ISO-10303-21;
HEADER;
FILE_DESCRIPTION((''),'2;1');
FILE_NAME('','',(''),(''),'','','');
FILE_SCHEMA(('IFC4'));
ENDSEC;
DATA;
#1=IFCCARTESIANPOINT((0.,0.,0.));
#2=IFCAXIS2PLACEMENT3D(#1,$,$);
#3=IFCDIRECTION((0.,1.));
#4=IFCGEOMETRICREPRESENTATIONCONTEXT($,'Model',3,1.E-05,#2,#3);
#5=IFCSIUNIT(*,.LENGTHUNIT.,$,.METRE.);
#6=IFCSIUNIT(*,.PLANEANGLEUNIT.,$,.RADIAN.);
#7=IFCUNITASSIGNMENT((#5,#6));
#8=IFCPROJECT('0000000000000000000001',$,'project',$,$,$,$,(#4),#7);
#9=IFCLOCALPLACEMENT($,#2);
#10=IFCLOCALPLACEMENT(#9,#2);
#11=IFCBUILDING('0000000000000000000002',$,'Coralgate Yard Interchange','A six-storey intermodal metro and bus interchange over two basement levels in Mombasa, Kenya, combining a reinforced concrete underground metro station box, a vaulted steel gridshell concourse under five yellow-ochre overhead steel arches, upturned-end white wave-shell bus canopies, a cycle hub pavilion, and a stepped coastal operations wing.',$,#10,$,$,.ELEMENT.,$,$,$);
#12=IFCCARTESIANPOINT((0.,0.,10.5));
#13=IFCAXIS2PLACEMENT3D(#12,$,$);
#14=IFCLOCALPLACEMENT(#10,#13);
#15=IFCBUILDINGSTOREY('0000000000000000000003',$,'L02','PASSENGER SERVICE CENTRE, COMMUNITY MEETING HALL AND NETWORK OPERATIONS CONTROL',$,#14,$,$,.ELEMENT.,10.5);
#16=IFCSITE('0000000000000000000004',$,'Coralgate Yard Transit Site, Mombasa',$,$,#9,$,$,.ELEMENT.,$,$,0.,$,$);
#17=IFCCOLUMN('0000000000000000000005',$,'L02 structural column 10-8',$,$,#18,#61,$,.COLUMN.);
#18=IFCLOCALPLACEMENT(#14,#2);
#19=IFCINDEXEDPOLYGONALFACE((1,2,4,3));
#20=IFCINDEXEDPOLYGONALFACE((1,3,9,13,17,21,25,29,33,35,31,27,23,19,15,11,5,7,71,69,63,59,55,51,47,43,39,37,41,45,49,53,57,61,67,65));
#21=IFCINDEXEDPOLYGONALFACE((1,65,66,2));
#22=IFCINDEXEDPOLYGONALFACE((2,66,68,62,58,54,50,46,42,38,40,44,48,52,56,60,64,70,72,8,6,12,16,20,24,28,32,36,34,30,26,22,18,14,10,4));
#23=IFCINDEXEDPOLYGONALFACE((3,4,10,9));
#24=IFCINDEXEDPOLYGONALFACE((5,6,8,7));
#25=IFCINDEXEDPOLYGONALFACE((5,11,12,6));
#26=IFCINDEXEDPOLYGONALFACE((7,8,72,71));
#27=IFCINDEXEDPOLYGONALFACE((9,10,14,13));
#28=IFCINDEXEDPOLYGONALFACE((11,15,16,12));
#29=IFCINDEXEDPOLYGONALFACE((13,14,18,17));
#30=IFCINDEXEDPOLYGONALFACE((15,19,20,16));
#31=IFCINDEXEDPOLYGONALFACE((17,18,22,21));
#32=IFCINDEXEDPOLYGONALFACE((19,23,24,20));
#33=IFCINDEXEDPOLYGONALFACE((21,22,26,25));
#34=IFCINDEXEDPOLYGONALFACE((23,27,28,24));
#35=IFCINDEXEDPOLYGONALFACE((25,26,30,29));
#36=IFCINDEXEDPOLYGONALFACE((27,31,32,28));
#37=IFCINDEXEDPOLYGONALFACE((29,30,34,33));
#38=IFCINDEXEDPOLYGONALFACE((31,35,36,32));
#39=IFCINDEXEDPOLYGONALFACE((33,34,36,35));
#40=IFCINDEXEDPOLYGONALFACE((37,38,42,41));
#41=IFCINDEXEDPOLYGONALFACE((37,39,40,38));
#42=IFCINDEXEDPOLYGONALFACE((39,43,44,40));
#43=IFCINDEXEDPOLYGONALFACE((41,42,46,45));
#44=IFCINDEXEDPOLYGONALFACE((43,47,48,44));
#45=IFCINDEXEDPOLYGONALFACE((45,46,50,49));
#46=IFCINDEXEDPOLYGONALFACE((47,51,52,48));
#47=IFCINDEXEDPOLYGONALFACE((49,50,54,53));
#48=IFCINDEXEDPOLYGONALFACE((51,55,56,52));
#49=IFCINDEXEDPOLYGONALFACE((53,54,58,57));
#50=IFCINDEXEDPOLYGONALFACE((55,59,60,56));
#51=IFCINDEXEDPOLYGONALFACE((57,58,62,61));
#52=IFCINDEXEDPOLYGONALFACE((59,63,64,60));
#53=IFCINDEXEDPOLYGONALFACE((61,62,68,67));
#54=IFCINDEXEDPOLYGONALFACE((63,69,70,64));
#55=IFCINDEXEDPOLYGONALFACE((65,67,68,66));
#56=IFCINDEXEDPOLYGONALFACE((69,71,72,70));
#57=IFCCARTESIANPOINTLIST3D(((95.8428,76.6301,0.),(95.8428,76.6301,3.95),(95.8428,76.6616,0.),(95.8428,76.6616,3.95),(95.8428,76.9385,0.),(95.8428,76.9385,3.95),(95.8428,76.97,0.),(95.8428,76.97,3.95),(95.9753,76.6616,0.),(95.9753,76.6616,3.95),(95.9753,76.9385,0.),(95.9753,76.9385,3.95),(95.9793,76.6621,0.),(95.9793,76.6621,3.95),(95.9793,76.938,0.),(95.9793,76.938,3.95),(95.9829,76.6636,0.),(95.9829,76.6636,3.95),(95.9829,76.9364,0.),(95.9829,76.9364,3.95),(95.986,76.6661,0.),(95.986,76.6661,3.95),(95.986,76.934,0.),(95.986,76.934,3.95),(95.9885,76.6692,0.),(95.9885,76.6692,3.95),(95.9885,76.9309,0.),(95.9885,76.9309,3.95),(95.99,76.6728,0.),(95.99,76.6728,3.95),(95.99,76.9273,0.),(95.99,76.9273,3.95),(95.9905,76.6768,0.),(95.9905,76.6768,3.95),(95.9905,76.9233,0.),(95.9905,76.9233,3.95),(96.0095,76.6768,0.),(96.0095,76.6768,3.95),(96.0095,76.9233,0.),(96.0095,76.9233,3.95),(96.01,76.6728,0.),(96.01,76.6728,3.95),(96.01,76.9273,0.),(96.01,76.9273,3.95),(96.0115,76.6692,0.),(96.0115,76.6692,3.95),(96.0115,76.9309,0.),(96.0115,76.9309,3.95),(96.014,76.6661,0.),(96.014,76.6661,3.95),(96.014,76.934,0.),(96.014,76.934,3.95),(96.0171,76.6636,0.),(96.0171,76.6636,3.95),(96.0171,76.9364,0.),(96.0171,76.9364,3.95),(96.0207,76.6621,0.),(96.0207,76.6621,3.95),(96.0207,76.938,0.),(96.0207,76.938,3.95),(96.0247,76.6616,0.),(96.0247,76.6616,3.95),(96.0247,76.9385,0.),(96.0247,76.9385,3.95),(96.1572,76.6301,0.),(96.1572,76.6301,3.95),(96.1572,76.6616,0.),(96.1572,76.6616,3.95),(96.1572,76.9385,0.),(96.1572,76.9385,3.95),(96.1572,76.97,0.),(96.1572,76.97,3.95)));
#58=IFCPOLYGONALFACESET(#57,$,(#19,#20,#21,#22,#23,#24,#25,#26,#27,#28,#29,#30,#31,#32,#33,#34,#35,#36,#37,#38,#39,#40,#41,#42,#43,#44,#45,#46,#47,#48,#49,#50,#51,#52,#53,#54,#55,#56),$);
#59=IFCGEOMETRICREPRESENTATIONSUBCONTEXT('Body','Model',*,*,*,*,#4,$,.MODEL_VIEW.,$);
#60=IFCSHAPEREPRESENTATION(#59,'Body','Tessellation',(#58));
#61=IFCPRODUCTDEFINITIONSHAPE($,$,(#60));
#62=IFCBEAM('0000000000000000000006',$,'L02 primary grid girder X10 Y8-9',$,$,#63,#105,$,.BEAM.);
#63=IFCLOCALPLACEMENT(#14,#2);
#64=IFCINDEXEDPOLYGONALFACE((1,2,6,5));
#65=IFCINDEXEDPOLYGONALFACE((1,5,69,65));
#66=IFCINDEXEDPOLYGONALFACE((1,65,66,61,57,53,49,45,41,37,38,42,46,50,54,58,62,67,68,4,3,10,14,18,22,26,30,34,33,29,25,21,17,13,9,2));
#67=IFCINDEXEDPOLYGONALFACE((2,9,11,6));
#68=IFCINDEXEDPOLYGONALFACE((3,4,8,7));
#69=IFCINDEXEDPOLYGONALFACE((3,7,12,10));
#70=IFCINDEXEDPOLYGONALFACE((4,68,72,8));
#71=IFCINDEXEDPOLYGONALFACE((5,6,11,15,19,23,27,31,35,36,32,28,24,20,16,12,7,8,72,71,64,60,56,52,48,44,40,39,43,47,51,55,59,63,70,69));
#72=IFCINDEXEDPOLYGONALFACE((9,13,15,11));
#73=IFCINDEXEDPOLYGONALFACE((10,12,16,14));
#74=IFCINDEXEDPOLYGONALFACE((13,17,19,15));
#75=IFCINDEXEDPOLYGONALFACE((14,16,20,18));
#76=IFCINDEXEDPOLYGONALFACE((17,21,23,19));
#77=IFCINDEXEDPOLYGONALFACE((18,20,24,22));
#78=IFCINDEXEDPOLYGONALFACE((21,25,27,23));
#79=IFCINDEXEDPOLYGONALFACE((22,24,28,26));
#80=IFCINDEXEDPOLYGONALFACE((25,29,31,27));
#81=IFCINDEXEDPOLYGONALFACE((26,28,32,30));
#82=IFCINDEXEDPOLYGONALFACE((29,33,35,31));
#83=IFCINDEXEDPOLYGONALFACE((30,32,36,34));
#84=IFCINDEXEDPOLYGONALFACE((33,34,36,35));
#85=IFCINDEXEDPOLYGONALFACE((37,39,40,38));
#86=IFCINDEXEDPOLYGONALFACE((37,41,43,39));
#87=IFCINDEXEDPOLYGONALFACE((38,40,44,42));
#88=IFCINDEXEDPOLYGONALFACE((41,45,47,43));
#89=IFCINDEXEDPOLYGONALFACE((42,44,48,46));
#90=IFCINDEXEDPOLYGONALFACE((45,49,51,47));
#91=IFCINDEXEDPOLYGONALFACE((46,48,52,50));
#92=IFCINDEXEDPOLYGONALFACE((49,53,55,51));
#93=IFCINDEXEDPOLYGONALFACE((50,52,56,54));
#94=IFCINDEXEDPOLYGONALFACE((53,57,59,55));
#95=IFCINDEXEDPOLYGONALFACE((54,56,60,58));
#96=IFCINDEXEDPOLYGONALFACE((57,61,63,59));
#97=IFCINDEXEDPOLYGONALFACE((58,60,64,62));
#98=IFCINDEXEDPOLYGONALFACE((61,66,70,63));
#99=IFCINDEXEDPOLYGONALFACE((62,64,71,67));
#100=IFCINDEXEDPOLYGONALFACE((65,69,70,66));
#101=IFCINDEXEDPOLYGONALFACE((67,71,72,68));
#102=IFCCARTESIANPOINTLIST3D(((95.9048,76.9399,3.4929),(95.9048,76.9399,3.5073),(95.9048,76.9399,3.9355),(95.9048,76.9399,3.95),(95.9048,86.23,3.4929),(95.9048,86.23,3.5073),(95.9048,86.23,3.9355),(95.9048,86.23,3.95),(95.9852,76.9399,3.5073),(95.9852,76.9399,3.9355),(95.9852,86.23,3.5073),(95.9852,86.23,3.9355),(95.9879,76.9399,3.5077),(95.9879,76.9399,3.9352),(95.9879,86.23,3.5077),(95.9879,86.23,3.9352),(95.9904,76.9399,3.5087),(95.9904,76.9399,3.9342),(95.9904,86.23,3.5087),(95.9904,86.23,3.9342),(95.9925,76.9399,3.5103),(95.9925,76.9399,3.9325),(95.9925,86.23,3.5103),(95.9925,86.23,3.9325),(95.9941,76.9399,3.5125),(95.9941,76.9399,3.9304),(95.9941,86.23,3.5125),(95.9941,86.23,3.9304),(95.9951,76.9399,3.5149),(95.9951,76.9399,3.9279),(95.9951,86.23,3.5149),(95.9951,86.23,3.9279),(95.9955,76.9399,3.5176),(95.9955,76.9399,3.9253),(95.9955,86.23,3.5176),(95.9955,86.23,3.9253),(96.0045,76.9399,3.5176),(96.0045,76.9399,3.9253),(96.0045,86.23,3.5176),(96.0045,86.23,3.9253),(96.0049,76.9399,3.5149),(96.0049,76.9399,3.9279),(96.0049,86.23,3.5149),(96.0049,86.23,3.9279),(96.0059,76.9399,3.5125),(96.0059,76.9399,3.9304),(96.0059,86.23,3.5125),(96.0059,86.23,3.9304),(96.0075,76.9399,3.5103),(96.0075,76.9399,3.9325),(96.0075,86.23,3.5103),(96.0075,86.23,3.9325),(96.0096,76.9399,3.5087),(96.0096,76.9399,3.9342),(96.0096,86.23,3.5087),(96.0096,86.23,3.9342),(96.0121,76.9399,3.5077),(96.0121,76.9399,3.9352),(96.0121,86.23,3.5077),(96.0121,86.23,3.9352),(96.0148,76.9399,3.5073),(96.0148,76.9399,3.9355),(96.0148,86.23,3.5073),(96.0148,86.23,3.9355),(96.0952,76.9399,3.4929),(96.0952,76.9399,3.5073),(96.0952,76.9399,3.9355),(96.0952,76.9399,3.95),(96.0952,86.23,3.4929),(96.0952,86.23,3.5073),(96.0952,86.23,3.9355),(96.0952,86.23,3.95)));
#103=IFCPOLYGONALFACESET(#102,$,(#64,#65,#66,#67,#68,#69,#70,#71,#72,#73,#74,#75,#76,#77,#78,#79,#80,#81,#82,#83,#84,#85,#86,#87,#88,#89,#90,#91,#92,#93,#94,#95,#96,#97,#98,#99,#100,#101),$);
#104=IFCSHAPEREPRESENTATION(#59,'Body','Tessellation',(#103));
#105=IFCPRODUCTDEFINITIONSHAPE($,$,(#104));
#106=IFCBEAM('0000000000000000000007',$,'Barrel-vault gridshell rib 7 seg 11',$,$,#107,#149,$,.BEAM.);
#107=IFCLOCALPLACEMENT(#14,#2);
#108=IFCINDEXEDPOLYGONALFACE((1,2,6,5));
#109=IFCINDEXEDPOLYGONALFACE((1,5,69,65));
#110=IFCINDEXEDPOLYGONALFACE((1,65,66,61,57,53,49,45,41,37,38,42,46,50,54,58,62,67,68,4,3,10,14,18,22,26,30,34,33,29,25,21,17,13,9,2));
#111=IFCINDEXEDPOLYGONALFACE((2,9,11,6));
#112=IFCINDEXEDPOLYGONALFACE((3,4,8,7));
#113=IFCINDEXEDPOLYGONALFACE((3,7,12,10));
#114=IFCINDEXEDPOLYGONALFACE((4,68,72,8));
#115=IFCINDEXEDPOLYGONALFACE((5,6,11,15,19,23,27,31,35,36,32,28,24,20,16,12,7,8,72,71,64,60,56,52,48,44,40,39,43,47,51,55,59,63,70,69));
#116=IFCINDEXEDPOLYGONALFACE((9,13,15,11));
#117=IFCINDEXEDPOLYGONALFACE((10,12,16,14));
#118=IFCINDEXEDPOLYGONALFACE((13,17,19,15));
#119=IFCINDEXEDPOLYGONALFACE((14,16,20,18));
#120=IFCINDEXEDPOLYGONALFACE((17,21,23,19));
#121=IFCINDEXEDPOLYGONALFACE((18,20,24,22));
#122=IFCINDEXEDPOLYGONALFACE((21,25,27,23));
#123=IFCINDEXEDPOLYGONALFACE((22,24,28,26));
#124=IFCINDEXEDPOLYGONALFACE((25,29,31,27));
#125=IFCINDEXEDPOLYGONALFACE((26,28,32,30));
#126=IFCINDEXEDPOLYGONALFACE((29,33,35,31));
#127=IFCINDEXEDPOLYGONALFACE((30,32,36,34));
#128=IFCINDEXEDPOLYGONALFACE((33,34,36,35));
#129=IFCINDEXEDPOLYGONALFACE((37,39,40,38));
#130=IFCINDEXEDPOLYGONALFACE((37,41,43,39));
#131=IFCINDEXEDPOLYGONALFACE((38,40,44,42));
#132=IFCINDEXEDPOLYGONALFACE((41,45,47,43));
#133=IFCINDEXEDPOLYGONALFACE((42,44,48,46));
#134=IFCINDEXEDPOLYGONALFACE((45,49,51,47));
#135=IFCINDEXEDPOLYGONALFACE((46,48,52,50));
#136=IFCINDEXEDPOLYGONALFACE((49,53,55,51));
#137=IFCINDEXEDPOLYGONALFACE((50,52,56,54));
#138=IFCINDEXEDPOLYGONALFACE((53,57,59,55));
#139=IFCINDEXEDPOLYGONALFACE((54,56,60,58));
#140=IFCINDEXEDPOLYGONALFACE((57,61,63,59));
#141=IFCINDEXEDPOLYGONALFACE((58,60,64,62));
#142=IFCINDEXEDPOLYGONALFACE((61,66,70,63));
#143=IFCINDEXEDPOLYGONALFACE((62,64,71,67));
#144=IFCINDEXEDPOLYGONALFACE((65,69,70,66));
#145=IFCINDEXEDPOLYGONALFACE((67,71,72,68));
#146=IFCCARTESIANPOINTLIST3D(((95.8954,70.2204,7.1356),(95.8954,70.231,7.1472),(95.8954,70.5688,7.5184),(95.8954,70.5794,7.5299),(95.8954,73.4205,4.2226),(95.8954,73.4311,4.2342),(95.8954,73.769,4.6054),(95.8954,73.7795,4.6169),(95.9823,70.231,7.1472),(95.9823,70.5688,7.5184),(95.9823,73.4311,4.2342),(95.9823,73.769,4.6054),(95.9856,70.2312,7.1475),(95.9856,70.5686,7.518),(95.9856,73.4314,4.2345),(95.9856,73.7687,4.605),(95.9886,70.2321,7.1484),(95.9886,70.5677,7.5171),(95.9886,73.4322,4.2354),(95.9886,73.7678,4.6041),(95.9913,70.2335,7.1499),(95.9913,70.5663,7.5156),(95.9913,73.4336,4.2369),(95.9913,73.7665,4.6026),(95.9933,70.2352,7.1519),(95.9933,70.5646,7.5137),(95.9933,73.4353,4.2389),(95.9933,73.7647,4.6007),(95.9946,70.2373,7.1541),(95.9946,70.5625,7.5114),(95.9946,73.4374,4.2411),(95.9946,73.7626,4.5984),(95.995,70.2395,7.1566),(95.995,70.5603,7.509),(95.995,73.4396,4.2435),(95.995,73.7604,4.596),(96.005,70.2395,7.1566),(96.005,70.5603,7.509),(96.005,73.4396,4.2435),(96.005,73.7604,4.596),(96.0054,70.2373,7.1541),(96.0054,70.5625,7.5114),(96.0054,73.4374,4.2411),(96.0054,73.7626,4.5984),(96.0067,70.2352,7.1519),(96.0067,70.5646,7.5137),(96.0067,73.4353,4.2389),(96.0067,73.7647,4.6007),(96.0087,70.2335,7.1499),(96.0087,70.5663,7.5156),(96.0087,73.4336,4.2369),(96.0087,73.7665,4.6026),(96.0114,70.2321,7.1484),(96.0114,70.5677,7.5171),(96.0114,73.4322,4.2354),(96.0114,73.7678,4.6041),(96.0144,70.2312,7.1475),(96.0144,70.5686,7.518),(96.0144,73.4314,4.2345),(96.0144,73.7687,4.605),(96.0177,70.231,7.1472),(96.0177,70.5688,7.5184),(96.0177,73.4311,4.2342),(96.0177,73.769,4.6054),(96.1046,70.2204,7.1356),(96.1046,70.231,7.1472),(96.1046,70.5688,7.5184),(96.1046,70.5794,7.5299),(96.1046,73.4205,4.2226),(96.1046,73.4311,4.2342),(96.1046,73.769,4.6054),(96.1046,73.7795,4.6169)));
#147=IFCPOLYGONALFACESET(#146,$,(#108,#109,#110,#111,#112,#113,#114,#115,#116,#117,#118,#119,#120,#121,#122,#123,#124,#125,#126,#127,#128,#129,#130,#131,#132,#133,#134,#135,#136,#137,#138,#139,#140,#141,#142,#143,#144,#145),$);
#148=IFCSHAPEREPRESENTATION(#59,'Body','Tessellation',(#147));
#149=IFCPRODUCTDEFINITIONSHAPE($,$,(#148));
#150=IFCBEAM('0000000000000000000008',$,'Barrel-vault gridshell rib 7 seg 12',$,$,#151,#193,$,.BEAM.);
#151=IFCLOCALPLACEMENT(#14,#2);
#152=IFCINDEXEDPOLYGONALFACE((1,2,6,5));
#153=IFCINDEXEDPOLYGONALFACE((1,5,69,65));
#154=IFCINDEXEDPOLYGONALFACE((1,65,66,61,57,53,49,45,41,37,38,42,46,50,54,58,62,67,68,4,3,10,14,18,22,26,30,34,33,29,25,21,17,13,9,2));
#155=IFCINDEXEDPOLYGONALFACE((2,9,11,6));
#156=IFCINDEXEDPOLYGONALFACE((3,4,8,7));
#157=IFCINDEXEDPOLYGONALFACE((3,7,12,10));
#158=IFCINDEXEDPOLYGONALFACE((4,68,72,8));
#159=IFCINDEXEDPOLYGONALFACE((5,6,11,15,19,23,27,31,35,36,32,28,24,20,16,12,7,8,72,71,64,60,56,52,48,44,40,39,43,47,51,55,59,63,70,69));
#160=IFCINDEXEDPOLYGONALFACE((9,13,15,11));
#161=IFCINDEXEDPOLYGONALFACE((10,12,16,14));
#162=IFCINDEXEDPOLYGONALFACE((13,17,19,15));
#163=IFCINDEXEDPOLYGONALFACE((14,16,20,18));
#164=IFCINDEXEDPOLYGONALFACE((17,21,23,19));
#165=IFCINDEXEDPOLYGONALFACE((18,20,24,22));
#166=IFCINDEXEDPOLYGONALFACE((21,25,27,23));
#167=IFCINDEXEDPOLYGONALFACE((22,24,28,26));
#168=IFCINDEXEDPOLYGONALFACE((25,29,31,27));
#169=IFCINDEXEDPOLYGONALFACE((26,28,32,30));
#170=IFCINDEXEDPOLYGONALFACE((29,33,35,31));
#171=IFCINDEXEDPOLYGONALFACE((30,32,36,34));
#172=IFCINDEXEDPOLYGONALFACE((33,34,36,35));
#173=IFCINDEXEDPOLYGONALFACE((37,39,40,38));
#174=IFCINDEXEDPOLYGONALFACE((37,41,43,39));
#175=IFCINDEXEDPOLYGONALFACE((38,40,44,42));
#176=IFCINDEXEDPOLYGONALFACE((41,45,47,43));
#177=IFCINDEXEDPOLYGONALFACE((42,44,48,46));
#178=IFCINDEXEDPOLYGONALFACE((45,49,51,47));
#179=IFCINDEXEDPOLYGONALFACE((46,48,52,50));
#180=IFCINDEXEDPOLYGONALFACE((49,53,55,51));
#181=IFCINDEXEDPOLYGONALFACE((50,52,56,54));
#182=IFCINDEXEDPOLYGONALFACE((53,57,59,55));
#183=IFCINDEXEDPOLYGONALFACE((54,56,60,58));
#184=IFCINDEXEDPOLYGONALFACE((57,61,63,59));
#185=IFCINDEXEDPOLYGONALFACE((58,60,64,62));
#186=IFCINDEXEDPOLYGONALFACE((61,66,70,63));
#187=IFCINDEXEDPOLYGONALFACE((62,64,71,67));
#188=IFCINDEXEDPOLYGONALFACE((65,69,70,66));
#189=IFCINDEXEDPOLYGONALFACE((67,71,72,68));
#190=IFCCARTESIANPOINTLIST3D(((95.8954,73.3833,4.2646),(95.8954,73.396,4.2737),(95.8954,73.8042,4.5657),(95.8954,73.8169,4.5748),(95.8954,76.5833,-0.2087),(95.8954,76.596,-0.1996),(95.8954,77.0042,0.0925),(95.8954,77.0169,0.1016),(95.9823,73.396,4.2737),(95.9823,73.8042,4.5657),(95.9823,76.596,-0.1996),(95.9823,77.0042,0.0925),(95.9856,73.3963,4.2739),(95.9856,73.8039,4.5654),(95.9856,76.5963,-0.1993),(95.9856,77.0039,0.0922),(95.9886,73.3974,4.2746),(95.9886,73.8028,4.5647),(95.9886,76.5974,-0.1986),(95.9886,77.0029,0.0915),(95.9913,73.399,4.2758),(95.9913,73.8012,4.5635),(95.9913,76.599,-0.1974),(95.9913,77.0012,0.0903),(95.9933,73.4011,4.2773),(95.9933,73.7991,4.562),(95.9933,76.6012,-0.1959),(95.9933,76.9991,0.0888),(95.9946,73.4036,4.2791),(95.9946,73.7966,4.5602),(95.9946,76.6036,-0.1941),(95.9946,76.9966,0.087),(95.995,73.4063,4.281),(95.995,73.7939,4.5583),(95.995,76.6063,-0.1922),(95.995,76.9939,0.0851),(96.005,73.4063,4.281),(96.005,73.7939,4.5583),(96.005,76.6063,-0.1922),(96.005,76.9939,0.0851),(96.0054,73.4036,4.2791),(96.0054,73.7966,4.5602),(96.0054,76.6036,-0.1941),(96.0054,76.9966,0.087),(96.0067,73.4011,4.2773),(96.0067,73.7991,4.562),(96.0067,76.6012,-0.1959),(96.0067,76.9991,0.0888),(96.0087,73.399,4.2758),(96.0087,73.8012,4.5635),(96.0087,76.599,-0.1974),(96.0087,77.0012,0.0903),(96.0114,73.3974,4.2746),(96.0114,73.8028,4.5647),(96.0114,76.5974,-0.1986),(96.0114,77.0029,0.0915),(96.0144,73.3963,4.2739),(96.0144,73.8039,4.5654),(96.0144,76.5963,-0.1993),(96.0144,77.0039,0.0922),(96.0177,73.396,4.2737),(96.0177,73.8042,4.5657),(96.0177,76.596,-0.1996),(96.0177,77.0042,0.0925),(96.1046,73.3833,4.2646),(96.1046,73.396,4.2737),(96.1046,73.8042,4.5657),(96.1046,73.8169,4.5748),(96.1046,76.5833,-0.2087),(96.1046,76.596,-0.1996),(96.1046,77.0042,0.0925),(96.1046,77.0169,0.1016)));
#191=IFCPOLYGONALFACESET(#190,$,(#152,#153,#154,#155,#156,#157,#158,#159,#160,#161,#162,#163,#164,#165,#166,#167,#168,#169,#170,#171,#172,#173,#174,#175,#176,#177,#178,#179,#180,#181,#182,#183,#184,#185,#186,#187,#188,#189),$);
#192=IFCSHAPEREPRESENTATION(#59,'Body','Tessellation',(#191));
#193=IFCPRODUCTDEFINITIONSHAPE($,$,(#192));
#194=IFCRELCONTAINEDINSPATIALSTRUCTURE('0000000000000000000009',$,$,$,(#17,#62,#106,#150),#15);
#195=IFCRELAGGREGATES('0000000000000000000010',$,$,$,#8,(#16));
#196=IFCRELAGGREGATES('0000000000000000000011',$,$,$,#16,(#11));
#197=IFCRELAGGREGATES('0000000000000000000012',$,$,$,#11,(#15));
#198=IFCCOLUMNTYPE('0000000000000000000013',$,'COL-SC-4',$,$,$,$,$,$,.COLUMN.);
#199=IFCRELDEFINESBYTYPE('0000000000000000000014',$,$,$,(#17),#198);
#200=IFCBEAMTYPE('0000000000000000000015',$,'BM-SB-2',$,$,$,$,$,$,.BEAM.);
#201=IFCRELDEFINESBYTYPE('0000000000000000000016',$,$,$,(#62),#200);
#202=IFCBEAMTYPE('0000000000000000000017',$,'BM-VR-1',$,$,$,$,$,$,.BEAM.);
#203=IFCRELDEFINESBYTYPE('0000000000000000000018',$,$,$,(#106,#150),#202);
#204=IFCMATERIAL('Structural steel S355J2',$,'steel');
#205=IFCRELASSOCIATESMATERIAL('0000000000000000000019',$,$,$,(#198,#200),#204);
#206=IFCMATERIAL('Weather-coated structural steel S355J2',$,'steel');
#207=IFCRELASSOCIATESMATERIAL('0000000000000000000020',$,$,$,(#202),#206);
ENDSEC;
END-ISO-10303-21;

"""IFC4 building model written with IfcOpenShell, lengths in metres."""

from ifc_helpers import new_model, si_unit, direction, frame, origin, origin_2d, place, context, subcontext, project, spatial, i_section, extrude, material, material_profile, profile_set, type_object, element, save


model = new_model("IFC4")

# Units and contexts
model_context = context("Model", 3, precision=1e-05, world=origin(), true_north=direction((0.0, 1.0)))
body_context = subcontext(model_context, "Body", "Model", "MODEL_VIEW")
ifc_project = project(units=[si_unit("LENGTHUNIT", "METRE"), si_unit("PLANEANGLEUNIT", "RADIAN")], contexts=[model_context])

# Site, building, storey
site_placement = place(None, origin())
site = spatial("IfcSite", under=ifc_project, at=site_placement, Name="Coralgate Yard Transit Site, Mombasa", CompositionType="ELEMENT", RefElevation=0.0)
building_placement = place(site_placement, origin())
building = spatial("IfcBuilding", under=site, at=building_placement, Name="Coralgate Yard Interchange", Description="A six-storey intermodal metro and bus interchange over two basement levels in Mombasa, Kenya, combining a reinforced concrete underground metro station box, a vaulted steel gridshell concourse under five yellow-ochre overhead steel arches, upturned-end white wave-shell bus canopies, a cycle hub pavilion, and a stepped coastal operations wing.", CompositionType="ELEMENT")
storey_placement = place(building_placement, frame((0.0, 0.0, 10.5)))
storey = spatial("IfcBuildingStorey", under=building, at=storey_placement, Name="L02", Description="PASSENGER SERVICE CENTRE, COMMUNITY MEETING HALL AND NETWORK OPERATIONS CONTROL", CompositionType="ELEMENT", Elevation=10.5)

# Column
ifc_material_1 = material(Name="Structural steel S355J2", Category="steel")
ifc_material_profile_1 = material_profile(ifc_material_1, i_section(OverallWidth=0.3145, OverallDepth=0.3398, WebThickness=0.019, FlangeThickness=0.0315, FilletRadius=0.0151, at=origin_2d()), Name="UC 305x305x198")
ifc_profile_set_1 = profile_set([ifc_material_profile_1], Name="Structural steel S355J2")
column_type = type_object("IfcColumnType", Name="COL-SC-4", PredefinedType="COLUMN", material=ifc_profile_set_1)
column_placement = place(storey_placement, frame((96.0, 76.8, 0.0), z_axis=(0.0, 0.0, 1.0), x_axis=(1.0, 0.0, 0.0)))
element("IfcColumn", 1, at=column_placement, inside=storey, type_object=column_type, Name="L02 structural column 10-8", PredefinedType="COLUMN", context=body_context, shape_type="SweptSolid", body=[
    extrude(i_section(OverallWidth=0.3145, OverallDepth=0.3398, WebThickness=0.019, FlangeThickness=0.0315, FilletRadius=0.0151, at=origin_2d()), origin(), (0.0, 0.0, 1.0), 3.95),
])

# Beams
ifc_material_profile_2 = material_profile(ifc_material_1, i_section(OverallWidth=0.1904, OverallDepth=0.457, WebThickness=0.009, FlangeThickness=0.0144, FilletRadius=0.0103, at=origin_2d()), Name="UB 457x191x74")
ifc_profile_set_2 = profile_set([ifc_material_profile_2], Name="Structural steel S355J2")
beam_type_1 = type_object("IfcBeamType", Name="BM-SB-2", PredefinedType="BEAM", material=ifc_profile_set_2)
beam_1_placement = place(storey_placement, frame((96.0, 76.9399, 3.7214), z_axis=(0.0, 1.0, 0.0), x_axis=(-1.0, 0.0, 0.0)))
element("IfcBeam", 2, at=beam_1_placement, inside=storey, type_object=beam_type_1, Name="L02 primary grid girder X10 Y8-9", PredefinedType="BEAM", context=body_context, shape_type="SweptSolid", body=[
    extrude(i_section(OverallWidth=0.1904, OverallDepth=0.457, WebThickness=0.009, FlangeThickness=0.0144, FilletRadius=0.0103, at=origin_2d()), origin(), (0.0, 0.0, 1.0), 9.29),
])
ifc_material_2 = material(Name="Weather-coated structural steel S355J2", Category="steel")
ifc_material_profile_3 = material_profile(ifc_material_2, i_section(OverallWidth=0.2092, OverallDepth=0.5332, WebThickness=0.01, FlangeThickness=0.0156, FilletRadius=0.0127, at=origin_2d()), Name="UB 533x210x92")
ifc_profile_set_3 = profile_set([ifc_material_profile_3], Name="Weather-coated structural steel S355J2")
beam_type_2 = type_object("IfcBeamType", Name="BM-VR-1", PredefinedType="BEAM", material=ifc_profile_set_3)
beam_2_placement = place(storey_placement, frame((96.0, 70.3999, 7.3328), z_axis=(0.0, 0.739501, -0.673156), x_axis=(-1.0, 0.0, 0.0)))
element("IfcBeam", 3, at=beam_2_placement, inside=storey, type_object=beam_type_2, Name="Barrel-vault gridshell rib 7 seg 11", PredefinedType="BEAM", context=body_context, shape_type="SweptSolid", body=[
    extrude(i_section(OverallWidth=0.2092, OverallDepth=0.5332, WebThickness=0.01, FlangeThickness=0.0156, FilletRadius=0.0127, at=origin_2d()), origin(), (0.0, 0.0, 1.0), 4.3274),
])
beam_3_placement = place(storey_placement, frame((96.0, 73.6001, 4.4197), z_axis=(0.0, 0.581822, -0.813316), x_axis=(-1.0, 0.0, 0.0)))
element("IfcBeam", 4, at=beam_3_placement, inside=storey, type_object=beam_type_2, Name="Barrel-vault gridshell rib 7 seg 12", PredefinedType="BEAM", context=body_context, shape_type="SweptSolid", body=[
    extrude(i_section(OverallWidth=0.2092, OverallDepth=0.5332, WebThickness=0.01, FlangeThickness=0.0156, FilletRadius=0.0127, at=origin_2d()), origin(), (0.0, 0.0, 1.0), 5.5),
])

save(model, "model.ifc")
